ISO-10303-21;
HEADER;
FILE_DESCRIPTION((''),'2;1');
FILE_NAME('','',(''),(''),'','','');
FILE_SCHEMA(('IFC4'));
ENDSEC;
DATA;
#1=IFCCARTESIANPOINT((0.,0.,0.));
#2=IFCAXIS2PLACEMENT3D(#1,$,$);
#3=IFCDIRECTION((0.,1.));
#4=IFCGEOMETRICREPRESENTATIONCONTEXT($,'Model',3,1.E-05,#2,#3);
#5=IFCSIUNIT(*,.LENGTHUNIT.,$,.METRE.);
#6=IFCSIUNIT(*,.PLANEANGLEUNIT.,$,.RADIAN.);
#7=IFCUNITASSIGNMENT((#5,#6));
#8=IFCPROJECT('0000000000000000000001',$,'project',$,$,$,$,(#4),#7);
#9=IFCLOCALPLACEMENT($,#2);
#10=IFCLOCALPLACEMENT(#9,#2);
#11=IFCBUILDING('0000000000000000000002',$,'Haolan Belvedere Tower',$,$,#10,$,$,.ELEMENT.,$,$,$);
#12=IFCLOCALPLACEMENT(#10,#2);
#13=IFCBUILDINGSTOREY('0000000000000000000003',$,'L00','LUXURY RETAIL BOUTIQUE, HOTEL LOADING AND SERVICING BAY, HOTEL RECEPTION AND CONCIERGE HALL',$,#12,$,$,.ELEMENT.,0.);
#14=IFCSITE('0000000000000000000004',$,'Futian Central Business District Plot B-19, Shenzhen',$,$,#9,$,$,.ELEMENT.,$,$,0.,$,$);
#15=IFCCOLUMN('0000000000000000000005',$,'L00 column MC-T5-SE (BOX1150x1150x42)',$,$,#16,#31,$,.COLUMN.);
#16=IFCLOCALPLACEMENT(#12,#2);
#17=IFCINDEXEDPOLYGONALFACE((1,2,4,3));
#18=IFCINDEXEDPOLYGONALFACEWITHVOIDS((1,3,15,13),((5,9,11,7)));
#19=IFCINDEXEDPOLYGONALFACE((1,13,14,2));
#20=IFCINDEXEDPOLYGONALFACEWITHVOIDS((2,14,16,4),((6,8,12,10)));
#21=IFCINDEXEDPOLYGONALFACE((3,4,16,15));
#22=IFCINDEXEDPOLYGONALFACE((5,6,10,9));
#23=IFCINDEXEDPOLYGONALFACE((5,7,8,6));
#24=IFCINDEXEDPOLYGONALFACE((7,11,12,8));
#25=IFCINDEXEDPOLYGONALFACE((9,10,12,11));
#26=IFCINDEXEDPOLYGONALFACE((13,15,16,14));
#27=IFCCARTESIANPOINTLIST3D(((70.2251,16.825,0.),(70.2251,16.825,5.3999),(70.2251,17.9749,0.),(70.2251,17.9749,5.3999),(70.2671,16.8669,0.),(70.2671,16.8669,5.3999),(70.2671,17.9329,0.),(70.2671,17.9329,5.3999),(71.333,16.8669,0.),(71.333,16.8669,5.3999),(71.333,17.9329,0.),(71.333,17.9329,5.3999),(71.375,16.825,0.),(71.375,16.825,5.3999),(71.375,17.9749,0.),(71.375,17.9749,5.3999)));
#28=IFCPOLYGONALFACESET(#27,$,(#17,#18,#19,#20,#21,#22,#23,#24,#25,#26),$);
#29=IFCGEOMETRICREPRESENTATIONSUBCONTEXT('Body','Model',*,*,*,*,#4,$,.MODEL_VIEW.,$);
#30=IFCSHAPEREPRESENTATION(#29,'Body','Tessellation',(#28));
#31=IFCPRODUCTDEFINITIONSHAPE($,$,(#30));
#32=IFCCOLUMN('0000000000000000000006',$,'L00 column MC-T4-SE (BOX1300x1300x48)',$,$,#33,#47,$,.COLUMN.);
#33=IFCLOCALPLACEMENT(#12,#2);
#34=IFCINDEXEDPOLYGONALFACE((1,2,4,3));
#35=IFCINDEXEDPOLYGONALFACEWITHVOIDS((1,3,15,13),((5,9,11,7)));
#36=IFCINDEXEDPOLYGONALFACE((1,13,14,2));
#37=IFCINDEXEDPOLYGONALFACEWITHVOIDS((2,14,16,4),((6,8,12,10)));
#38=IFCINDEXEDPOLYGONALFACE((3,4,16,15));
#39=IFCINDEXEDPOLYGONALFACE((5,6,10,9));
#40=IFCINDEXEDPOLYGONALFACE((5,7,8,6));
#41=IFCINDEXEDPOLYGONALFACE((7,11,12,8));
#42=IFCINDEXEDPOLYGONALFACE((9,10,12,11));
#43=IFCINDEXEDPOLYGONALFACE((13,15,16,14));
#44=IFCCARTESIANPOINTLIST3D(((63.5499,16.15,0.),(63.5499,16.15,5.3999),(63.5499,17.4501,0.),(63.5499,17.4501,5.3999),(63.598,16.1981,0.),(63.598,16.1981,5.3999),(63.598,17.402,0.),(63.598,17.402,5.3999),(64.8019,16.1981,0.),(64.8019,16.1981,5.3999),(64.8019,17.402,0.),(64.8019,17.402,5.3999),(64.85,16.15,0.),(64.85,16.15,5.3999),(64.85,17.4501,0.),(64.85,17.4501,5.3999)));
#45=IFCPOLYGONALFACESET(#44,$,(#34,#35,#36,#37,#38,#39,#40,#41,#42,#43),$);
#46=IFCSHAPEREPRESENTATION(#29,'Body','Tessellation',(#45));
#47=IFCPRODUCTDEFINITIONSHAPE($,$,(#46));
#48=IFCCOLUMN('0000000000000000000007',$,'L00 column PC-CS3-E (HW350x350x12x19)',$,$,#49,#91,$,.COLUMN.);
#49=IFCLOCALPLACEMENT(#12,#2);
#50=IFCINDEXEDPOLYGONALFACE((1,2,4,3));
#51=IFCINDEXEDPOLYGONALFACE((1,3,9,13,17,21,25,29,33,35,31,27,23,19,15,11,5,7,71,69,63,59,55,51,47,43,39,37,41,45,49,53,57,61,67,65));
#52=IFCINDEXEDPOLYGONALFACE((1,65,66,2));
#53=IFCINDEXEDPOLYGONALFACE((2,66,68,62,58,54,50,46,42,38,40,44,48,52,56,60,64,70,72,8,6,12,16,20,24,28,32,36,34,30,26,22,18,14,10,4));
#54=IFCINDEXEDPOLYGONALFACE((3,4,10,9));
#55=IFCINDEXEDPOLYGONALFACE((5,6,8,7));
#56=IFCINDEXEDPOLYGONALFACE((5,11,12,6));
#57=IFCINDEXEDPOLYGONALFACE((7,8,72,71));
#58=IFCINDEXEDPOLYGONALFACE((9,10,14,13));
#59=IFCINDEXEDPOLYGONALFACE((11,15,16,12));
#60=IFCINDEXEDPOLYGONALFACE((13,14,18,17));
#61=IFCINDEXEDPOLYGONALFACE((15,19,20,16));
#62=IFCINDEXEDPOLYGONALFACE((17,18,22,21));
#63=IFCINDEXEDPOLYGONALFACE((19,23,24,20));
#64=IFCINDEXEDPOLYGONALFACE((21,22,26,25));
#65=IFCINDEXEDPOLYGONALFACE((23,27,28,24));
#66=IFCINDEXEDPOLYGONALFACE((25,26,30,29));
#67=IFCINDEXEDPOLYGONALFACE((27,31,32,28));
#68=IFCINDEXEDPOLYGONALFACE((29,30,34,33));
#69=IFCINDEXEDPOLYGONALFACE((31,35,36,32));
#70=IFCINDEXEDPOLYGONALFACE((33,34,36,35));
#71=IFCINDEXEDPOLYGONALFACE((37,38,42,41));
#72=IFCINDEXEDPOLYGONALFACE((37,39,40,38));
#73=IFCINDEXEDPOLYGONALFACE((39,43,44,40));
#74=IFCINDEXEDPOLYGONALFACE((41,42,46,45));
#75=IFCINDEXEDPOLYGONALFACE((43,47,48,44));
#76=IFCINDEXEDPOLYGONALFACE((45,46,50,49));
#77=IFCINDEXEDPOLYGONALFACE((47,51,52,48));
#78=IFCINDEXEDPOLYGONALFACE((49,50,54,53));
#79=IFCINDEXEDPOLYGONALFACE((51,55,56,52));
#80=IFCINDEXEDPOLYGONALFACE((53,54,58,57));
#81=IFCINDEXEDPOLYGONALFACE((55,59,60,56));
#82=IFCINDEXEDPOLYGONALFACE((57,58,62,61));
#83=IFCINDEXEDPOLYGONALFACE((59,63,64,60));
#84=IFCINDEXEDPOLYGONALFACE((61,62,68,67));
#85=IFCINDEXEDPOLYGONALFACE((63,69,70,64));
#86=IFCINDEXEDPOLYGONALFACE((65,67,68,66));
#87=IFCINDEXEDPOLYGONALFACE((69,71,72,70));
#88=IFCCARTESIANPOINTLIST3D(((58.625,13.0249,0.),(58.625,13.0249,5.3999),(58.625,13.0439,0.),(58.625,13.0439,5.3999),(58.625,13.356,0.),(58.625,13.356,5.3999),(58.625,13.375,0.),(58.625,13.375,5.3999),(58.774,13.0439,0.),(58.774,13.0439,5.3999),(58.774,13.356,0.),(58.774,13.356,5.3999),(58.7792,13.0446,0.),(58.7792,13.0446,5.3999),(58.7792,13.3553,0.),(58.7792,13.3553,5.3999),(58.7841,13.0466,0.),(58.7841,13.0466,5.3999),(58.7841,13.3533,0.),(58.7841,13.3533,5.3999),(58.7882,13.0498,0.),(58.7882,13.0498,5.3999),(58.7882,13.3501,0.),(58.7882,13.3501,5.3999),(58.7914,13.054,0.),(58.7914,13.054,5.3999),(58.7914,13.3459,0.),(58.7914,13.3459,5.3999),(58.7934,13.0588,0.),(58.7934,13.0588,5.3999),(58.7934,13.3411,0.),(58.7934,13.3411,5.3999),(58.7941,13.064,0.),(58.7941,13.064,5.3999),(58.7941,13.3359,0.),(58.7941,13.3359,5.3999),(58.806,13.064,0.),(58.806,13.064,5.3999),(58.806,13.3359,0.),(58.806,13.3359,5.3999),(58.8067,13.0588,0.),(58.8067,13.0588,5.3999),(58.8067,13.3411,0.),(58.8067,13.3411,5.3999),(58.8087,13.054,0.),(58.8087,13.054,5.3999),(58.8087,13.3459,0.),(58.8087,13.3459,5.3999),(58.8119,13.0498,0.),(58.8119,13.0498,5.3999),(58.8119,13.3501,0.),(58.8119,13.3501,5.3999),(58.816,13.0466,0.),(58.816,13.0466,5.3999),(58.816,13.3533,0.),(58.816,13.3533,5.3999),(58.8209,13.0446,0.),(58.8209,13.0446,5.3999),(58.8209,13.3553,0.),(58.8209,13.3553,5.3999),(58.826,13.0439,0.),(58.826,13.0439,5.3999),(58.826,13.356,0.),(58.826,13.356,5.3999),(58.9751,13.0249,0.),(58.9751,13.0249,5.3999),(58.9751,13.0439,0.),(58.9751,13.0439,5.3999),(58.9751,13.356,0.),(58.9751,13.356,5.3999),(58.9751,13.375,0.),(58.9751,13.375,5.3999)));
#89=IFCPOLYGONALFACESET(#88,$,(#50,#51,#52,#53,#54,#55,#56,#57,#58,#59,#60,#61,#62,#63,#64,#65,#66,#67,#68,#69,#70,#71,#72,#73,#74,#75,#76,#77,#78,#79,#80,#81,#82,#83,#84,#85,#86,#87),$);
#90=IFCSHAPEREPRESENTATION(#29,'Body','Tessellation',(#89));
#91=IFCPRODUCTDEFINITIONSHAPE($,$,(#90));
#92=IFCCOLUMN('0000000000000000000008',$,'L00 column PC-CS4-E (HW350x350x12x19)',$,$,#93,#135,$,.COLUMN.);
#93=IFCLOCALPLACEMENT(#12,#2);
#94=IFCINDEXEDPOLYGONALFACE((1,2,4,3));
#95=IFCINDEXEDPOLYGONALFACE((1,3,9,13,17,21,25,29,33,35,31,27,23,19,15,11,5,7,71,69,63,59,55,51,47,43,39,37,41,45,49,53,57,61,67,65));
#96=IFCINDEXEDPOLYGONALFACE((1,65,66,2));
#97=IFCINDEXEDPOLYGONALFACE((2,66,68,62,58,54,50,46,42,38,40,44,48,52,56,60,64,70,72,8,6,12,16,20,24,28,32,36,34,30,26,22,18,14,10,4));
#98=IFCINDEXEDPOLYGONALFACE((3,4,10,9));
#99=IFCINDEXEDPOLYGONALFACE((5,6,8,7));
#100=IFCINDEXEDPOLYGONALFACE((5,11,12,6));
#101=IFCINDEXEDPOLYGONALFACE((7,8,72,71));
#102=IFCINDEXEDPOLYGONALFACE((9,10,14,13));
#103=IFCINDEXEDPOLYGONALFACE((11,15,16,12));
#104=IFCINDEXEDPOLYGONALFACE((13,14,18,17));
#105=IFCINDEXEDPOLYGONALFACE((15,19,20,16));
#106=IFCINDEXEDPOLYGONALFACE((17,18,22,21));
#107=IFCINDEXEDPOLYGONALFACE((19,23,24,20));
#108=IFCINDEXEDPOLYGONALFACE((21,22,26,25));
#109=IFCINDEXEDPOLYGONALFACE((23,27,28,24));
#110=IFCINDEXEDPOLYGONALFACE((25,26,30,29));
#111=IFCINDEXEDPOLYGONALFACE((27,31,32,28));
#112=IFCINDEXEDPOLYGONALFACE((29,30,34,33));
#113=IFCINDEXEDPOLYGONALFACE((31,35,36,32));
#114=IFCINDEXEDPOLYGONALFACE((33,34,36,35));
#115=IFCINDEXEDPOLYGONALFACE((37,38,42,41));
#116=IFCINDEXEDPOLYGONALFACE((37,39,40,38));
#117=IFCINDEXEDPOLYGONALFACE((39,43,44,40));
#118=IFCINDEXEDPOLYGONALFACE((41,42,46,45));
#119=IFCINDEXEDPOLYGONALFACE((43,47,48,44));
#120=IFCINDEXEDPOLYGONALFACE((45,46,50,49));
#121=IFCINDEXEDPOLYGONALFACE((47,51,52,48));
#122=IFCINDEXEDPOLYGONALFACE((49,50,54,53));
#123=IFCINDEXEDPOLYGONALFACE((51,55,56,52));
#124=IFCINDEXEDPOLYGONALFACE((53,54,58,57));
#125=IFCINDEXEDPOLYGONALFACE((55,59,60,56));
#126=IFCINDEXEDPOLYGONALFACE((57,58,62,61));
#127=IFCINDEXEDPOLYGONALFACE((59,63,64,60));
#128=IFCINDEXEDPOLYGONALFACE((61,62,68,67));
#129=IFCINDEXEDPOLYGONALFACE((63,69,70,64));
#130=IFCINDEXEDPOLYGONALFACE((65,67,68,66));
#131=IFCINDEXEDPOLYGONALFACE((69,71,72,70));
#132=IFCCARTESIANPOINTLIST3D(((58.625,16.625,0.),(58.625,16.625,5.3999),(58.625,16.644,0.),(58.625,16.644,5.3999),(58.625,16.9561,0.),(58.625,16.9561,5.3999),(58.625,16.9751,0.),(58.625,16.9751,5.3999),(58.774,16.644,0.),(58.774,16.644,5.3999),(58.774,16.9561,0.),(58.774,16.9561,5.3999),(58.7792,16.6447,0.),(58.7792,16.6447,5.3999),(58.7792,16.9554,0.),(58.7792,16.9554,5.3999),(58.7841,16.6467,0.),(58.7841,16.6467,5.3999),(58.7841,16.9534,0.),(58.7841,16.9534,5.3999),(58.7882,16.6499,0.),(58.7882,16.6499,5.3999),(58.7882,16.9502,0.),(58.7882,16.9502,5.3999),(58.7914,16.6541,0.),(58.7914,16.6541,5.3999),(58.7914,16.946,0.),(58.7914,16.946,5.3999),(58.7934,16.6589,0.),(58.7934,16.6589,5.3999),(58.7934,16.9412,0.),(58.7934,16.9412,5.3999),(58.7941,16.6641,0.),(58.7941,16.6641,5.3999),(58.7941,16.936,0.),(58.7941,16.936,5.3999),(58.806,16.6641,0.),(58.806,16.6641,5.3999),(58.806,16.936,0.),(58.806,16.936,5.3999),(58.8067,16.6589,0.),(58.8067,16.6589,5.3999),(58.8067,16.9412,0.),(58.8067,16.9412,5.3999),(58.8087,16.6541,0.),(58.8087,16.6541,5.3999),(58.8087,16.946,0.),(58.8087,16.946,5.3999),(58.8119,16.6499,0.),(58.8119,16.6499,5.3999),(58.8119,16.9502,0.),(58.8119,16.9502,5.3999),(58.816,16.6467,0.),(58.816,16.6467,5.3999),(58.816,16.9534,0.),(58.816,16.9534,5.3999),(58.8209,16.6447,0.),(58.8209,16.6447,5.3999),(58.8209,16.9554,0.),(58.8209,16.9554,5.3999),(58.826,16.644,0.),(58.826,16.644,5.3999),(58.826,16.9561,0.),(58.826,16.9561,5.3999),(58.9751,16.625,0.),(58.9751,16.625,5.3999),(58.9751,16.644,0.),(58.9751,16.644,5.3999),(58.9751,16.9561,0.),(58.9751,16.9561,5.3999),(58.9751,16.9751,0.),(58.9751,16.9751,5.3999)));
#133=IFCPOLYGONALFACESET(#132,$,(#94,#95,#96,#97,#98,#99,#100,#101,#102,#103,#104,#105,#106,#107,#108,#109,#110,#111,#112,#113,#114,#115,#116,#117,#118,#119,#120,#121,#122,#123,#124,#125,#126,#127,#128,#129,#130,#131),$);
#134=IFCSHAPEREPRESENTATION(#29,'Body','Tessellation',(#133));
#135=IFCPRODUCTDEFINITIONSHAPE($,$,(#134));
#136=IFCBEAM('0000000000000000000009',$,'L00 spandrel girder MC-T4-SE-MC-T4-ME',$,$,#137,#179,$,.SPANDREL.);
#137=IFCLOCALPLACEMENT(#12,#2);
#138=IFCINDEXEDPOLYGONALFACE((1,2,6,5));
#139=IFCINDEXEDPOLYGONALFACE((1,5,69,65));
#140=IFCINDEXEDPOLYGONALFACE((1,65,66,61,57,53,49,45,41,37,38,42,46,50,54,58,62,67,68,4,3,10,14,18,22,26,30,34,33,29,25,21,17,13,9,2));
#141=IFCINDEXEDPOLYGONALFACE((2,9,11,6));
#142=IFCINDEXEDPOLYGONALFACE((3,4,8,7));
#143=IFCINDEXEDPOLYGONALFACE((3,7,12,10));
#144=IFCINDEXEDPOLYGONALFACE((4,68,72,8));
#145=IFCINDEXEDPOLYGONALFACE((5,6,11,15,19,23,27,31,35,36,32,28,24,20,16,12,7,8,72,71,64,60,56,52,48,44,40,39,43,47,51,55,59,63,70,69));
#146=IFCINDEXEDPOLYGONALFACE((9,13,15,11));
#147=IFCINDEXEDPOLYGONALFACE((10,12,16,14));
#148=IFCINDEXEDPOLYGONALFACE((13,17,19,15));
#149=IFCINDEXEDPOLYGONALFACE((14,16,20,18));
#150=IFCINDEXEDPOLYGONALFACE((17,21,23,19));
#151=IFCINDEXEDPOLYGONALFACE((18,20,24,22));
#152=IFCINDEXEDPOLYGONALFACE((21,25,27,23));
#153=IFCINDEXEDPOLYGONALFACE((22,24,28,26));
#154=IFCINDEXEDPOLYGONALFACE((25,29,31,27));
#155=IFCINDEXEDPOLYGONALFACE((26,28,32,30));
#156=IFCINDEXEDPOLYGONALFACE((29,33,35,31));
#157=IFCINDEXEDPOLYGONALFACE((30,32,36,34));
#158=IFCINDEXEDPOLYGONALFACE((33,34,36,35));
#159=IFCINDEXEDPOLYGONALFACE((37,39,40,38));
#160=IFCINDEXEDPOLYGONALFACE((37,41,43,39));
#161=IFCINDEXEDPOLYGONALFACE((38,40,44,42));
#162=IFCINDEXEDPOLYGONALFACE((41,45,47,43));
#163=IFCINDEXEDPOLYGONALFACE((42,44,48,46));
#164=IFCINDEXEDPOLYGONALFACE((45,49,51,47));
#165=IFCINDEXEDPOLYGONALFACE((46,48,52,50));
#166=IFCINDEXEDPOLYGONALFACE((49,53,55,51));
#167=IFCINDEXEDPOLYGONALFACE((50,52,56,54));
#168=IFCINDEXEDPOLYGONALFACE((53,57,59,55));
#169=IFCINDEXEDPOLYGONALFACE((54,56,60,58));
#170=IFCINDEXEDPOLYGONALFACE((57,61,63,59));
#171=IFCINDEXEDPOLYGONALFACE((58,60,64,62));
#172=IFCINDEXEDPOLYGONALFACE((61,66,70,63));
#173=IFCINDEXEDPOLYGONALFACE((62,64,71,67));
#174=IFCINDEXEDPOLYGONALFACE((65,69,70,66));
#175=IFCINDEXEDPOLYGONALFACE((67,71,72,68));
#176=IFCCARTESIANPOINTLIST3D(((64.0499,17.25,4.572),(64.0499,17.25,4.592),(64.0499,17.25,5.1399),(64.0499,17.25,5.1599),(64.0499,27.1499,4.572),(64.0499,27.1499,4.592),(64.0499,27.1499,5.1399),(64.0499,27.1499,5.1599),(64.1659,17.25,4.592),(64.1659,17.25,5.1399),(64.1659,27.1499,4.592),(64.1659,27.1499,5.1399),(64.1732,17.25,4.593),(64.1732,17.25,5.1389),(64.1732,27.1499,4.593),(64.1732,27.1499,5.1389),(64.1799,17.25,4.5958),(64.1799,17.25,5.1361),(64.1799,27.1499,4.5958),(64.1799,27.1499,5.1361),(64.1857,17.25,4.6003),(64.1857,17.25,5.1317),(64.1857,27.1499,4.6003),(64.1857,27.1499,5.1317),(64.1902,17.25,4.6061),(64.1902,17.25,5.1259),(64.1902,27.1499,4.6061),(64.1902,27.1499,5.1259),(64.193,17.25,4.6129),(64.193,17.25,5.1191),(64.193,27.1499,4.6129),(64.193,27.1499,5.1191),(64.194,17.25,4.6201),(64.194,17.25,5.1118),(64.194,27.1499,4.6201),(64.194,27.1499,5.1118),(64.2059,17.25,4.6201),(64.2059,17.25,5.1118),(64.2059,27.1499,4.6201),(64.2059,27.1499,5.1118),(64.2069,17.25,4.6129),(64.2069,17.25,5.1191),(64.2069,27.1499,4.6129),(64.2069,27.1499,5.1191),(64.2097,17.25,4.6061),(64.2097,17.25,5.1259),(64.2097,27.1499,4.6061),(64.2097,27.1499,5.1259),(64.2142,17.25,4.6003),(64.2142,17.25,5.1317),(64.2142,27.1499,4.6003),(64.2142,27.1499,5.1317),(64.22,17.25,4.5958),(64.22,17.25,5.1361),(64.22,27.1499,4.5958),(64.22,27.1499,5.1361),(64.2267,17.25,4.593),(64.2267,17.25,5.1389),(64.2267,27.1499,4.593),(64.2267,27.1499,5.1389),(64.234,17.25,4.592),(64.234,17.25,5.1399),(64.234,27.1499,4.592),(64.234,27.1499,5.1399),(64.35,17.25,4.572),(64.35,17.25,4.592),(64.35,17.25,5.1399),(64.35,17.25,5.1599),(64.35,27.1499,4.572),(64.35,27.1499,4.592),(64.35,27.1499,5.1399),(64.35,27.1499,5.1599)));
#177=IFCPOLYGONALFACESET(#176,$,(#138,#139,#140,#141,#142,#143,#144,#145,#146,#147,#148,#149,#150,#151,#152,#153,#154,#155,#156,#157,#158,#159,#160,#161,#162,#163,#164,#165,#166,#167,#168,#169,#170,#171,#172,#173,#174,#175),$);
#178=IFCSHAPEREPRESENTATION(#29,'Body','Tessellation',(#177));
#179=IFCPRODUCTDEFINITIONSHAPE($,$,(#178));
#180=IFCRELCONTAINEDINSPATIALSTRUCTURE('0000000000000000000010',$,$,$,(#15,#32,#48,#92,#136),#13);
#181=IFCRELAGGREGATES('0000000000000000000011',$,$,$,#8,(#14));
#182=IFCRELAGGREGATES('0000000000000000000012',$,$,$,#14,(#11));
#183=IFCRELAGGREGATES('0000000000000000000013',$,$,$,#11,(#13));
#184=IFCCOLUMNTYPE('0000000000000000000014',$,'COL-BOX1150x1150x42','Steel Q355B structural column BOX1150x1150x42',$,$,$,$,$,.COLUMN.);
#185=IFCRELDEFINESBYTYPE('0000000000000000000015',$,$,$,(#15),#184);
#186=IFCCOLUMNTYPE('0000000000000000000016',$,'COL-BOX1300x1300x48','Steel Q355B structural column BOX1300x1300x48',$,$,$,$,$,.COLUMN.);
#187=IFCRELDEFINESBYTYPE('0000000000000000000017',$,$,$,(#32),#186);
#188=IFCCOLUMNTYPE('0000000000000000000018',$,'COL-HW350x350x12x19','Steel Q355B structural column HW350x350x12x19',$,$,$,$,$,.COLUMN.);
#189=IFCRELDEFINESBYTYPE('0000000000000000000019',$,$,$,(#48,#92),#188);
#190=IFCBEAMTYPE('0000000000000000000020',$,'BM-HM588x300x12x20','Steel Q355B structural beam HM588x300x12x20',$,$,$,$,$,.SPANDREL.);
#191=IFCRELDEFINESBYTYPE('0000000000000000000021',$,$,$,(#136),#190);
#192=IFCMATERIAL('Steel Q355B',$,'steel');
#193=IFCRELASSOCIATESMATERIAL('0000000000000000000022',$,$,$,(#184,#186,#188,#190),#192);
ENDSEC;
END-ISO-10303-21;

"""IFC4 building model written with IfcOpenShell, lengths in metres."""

from ifc_helpers import new_model, si_unit, direction, frame, origin, origin_2d, place, context, subcontext, project, spatial, hollow_rectangle, i_section, extrude, material, material_profile, profile_set, type_object, element, save


model = new_model("IFC4")

# Units and contexts
model_context = context("Model", 3, precision=1e-05, world=origin(), true_north=direction((0.0, 1.0)))
body_context = subcontext(model_context, "Body", "Model", "MODEL_VIEW")
ifc_project = project(units=[si_unit("LENGTHUNIT", "METRE"), si_unit("PLANEANGLEUNIT", "RADIAN")], contexts=[model_context])

# Site, building, storey
site_placement = place(None, origin())
site = spatial("IfcSite", under=ifc_project, at=site_placement, Name="Futian Central Business District Plot B-19, Shenzhen", CompositionType="ELEMENT", RefElevation=0.0)
building_placement = place(site_placement, origin())
building = spatial("IfcBuilding", under=site, at=building_placement, Name="Haolan Belvedere Tower", CompositionType="ELEMENT")
storey_placement = place(building_placement, origin())
storey = spatial("IfcBuildingStorey", under=building, at=storey_placement, Name="L00", Description="LUXURY RETAIL BOUTIQUE, HOTEL LOADING AND SERVICING BAY, HOTEL RECEPTION AND CONCIERGE HALL", CompositionType="ELEMENT", Elevation=0.0)

# Columns
ifc_material_1 = material(Name="Steel Q355B", Category="steel")
ifc_material_profile_1 = material_profile(ifc_material_1, hollow_rectangle(XDim=1.1499, YDim=1.1499, WallThickness=0.042, at=origin_2d()), Name="Steel Q355B")
ifc_profile_set_1 = profile_set([ifc_material_profile_1], Name="Steel Q355B")
column_type_1 = type_object("IfcColumnType", Name="COL-BOX1150x1150x42", Description="Steel Q355B structural column BOX1150x1150x42", PredefinedType="COLUMN", material=ifc_profile_set_1)
column_1_placement = place(storey_placement, frame((70.8, 17.3999, 0.0), z_axis=(0.0, 0.0, 1.0), x_axis=(1.0, 0.0, 0.0)))
element("IfcColumn", 1, at=column_1_placement, inside=storey, type_object=column_type_1, Name="L00 column MC-T5-SE (BOX1150x1150x42)", PredefinedType="COLUMN", context=body_context, shape_type="SweptSolid", body=[
    extrude(hollow_rectangle(XDim=1.1499, YDim=1.1499, WallThickness=0.042, at=origin_2d()), origin(), (0.0, 0.0, 1.0), 5.3999),
])
ifc_material_profile_2 = material_profile(ifc_material_1, hollow_rectangle(XDim=1.3, YDim=1.3, WallThickness=0.0481, at=origin_2d()), Name="Steel Q355B")
ifc_profile_set_2 = profile_set([ifc_material_profile_2], Name="Steel Q355B")
column_type_2 = type_object("IfcColumnType", Name="COL-BOX1300x1300x48", Description="Steel Q355B structural column BOX1300x1300x48", PredefinedType="COLUMN", material=ifc_profile_set_2)
column_2_placement = place(storey_placement, frame((64.2, 16.8, 0.0), z_axis=(0.0, 0.0, 1.0), x_axis=(1.0, 0.0, 0.0)))
element("IfcColumn", 2, at=column_2_placement, inside=storey, type_object=column_type_2, Name="L00 column MC-T4-SE (BOX1300x1300x48)", PredefinedType="COLUMN", context=body_context, shape_type="SweptSolid", body=[
    extrude(hollow_rectangle(XDim=1.3, YDim=1.3, WallThickness=0.0481, at=origin_2d()), origin(), (0.0, 0.0, 1.0), 5.3999),
])
ifc_material_profile_3 = material_profile(ifc_material_1, i_section(OverallWidth=0.3501, OverallDepth=0.3501, WebThickness=0.012, FlangeThickness=0.019, FilletRadius=0.02, at=origin_2d()), Name="Steel Q355B")
ifc_profile_set_3 = profile_set([ifc_material_profile_3], Name="Steel Q355B")
column_type_3 = type_object("IfcColumnType", Name="COL-HW350x350x12x19", Description="Steel Q355B structural column HW350x350x12x19", PredefinedType="COLUMN", material=ifc_profile_set_3)
for number, where, z_axis, x_axis, name in (
    (3, (58.8, 13.2, 0.0), (0.0, 0.0, 1.0), (1.0, 0.0, 0.0), "L00 column PC-CS3-E (HW350x350x12x19)"),
    (4, (58.8, 16.8, 0.0), (0.0, 0.0, 1.0), (1.0, 0.0, 0.0), "L00 column PC-CS4-E (HW350x350x12x19)"),
):
    element("IfcColumn", number, at=place(storey_placement, frame(where, z_axis=z_axis, x_axis=x_axis)), inside=storey, type_object=column_type_3, Name=name, PredefinedType="COLUMN", context=body_context, shape_type="SweptSolid", body=[
        extrude(i_section(OverallWidth=0.3501, OverallDepth=0.3501, WebThickness=0.012, FlangeThickness=0.019, FilletRadius=0.02, at=origin_2d()), origin(), (0.0, 0.0, 1.0), 5.3999),
    ])

# Beam
ifc_material_profile_4 = material_profile(ifc_material_1, i_section(OverallWidth=0.3, OverallDepth=0.5879, WebThickness=0.012, FlangeThickness=0.02, FilletRadius=0.0281, at=origin_2d()), Name="Steel Q355B")
ifc_profile_set_4 = profile_set([ifc_material_profile_4], Name="Steel Q355B")
beam_type = type_object("IfcBeamType", Name="BM-HM588x300x12x20", Description="Steel Q355B structural beam HM588x300x12x20", PredefinedType="SPANDREL", material=ifc_profile_set_4)
beam_1_placement = place(storey_placement, frame((64.2, 17.25, 4.866), z_axis=(0.0, 1.0, 0.0), x_axis=(-1.0, 0.0, 0.0)))
element("IfcBeam", 5, at=beam_1_placement, inside=storey, type_object=beam_type, Name="L00 spandrel girder MC-T4-SE-MC-T4-ME", PredefinedType="SPANDREL", context=body_context, shape_type="SweptSolid", body=[
    extrude(i_section(OverallWidth=0.3, OverallDepth=0.5879, WebThickness=0.012, FlangeThickness=0.02, FilletRadius=0.0281, at=origin_2d()), origin(), (0.0, 0.0, 1.0), 9.8999),
])

save(model, "model.ifc")
